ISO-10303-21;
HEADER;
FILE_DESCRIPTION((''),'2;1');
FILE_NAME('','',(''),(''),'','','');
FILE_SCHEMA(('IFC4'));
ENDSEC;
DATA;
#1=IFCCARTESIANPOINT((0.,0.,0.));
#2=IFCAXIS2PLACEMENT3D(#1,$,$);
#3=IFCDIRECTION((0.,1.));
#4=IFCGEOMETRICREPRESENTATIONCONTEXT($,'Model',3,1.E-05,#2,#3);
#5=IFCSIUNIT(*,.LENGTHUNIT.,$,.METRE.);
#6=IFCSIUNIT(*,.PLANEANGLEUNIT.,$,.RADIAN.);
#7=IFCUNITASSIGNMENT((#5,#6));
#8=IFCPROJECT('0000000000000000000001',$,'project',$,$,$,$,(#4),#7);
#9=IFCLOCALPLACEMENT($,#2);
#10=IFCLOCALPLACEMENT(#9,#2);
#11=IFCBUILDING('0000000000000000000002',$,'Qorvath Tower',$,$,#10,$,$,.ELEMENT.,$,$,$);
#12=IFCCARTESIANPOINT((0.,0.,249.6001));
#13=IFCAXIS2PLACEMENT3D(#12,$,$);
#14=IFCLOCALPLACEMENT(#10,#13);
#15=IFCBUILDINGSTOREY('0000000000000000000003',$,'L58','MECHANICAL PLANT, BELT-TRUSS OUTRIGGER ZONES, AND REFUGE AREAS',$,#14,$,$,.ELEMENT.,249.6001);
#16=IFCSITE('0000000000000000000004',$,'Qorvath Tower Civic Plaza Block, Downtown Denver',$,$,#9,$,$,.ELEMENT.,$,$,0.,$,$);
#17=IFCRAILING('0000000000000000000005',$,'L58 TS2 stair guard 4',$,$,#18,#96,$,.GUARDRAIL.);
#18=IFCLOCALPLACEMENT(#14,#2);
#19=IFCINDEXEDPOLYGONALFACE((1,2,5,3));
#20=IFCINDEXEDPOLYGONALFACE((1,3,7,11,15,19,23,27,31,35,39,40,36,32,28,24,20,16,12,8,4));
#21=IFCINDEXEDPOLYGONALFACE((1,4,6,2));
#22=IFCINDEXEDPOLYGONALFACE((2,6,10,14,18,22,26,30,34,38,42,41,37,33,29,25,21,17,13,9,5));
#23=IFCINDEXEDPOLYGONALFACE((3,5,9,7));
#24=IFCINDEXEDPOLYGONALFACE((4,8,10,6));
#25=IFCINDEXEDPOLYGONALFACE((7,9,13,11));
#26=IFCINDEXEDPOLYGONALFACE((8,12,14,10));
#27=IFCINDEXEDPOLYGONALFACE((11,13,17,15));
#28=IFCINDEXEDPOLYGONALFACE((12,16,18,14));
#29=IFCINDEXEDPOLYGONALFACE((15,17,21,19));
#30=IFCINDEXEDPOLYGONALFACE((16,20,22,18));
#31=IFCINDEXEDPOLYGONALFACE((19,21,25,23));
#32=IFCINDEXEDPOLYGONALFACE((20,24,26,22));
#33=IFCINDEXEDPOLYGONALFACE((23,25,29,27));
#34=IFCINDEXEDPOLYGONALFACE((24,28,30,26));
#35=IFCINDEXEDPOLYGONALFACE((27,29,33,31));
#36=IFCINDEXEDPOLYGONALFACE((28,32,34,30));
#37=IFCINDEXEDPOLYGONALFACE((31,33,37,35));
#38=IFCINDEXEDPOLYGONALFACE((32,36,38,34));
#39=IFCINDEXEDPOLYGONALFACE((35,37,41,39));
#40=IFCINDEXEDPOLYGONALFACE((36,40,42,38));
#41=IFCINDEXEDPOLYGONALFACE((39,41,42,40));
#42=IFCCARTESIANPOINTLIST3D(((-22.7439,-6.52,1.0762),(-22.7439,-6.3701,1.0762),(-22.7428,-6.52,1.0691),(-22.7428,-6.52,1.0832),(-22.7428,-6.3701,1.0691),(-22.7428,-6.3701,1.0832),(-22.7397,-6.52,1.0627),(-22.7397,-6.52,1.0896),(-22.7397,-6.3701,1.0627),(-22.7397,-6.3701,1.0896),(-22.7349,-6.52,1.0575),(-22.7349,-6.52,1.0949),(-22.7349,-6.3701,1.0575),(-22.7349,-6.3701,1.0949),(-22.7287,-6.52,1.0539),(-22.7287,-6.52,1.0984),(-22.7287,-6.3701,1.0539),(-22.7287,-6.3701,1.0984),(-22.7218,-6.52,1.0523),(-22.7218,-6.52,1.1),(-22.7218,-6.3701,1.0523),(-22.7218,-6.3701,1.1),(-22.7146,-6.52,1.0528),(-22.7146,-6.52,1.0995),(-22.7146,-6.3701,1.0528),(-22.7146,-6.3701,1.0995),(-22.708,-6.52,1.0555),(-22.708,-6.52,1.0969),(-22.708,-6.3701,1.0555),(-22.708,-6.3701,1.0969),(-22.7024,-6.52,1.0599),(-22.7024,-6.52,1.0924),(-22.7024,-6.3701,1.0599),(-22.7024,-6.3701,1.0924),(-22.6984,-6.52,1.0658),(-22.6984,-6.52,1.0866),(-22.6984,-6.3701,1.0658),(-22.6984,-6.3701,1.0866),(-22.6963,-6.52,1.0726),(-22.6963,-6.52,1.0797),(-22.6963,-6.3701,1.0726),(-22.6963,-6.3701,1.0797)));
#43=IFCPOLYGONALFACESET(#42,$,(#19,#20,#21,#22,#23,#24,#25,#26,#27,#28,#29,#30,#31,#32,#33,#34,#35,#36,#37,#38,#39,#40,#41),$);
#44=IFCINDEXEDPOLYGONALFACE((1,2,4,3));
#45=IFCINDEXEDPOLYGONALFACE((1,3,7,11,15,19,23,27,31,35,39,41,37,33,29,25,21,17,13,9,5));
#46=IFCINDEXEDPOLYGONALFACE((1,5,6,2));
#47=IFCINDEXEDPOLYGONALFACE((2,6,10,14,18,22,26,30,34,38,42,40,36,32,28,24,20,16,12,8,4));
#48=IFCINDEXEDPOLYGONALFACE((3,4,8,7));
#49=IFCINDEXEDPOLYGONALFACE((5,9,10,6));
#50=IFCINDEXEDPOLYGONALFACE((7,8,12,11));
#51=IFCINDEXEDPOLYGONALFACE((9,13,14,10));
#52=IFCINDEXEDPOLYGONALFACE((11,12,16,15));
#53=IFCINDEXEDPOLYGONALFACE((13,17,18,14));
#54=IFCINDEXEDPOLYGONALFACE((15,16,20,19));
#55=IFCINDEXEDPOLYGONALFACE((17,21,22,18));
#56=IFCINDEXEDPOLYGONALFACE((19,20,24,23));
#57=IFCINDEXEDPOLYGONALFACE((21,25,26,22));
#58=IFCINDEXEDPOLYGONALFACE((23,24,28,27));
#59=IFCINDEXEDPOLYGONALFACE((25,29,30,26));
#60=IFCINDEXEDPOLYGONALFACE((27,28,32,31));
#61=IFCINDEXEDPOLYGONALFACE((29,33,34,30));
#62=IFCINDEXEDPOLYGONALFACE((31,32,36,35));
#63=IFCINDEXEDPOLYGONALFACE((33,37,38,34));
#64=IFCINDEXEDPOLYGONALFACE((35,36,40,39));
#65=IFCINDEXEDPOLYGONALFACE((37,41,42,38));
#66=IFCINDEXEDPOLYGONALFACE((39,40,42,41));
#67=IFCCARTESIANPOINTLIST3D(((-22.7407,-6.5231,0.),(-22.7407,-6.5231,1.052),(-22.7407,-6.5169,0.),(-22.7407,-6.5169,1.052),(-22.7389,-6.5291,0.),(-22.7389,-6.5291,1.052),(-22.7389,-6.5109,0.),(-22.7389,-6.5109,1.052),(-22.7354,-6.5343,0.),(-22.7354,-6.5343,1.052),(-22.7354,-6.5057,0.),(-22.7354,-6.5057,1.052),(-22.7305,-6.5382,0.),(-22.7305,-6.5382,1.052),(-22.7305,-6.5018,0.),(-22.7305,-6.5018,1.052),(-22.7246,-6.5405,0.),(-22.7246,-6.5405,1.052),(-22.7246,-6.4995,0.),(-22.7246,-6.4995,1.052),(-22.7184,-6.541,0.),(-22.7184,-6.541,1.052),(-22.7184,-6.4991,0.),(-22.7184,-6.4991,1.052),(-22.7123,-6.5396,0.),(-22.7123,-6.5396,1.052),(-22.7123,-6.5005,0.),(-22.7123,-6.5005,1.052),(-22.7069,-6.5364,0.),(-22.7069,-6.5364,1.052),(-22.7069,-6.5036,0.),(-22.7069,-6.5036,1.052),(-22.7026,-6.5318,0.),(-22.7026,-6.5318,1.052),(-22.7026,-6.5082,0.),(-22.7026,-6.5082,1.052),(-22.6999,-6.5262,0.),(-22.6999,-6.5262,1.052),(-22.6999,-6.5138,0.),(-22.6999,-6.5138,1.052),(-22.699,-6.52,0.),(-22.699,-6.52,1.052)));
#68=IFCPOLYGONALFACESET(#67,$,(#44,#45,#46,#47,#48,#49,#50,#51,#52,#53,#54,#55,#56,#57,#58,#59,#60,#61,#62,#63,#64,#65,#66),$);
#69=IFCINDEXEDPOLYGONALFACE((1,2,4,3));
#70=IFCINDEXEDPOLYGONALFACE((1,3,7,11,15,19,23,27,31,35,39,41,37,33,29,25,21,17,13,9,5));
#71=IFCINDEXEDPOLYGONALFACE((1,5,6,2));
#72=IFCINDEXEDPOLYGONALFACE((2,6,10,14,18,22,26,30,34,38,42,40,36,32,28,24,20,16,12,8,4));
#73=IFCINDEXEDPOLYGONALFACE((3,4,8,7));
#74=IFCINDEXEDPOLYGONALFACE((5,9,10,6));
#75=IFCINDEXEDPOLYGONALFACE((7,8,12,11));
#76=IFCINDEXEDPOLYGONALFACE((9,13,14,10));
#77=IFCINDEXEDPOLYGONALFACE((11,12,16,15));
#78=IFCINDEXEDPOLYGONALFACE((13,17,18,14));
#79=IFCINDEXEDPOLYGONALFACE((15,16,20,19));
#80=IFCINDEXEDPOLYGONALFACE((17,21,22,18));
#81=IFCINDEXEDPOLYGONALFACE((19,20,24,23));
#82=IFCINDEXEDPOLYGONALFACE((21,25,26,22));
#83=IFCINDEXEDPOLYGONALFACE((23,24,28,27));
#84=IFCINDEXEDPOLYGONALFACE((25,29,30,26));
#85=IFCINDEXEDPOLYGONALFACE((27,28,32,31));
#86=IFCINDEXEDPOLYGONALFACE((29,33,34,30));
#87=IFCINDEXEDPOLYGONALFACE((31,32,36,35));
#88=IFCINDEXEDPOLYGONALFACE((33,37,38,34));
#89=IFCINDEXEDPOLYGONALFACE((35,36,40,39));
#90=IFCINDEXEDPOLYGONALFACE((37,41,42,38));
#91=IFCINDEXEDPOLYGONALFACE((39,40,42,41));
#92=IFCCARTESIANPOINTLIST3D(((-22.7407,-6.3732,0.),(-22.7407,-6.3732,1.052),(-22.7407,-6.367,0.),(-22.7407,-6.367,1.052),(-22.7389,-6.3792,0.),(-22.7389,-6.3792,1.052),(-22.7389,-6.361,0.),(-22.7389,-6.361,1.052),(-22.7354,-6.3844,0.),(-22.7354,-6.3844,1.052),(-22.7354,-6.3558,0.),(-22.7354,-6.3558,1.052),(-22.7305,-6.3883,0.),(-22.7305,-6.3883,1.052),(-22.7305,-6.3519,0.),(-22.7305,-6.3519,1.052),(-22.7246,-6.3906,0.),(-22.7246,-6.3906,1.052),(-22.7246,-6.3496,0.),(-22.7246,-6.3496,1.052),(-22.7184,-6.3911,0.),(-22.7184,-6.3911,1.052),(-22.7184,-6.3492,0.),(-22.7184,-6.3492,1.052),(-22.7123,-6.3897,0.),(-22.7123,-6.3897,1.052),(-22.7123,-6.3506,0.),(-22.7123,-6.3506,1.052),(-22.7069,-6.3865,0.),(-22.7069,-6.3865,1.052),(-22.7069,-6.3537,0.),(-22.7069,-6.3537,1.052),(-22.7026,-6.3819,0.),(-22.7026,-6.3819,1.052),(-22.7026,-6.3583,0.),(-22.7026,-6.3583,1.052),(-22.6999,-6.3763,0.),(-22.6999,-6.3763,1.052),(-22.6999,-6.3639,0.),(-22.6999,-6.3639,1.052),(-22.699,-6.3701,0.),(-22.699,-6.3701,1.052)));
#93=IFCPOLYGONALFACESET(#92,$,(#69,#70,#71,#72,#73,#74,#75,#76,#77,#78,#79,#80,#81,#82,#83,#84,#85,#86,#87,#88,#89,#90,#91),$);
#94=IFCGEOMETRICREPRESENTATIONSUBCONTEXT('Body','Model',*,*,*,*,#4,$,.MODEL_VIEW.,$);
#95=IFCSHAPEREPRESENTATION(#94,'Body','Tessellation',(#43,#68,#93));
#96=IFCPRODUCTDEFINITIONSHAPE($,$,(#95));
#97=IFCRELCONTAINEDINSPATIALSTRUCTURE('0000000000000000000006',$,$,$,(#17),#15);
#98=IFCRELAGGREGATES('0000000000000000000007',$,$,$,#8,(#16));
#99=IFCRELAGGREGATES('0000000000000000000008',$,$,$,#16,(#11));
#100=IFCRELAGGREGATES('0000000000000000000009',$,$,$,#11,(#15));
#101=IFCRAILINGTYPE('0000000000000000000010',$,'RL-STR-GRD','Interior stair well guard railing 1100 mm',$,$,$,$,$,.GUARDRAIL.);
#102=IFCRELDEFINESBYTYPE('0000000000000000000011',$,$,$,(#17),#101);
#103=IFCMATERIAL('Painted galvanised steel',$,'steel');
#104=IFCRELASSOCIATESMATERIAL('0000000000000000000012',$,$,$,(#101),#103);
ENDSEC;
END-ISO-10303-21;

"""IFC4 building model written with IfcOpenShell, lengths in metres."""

from ifc_helpers import new_model, si_unit, direction, frame, origin, origin_2d, place, context, subcontext, project, spatial, circle, extrude, material, type_object, element, save


model = new_model("IFC4")

# Units and contexts
model_context = context("Model", 3, precision=1e-05, world=origin(), true_north=direction((0.0, 1.0)))
body_context = subcontext(model_context, "Body", "Model", "MODEL_VIEW")
ifc_project = project(units=[si_unit("LENGTHUNIT", "METRE"), si_unit("PLANEANGLEUNIT", "RADIAN")], contexts=[model_context])

# Site, building, storey
site_placement = place(None, origin())
site = spatial("IfcSite", under=ifc_project, at=site_placement, Name="Qorvath Tower Civic Plaza Block, Downtown Denver", CompositionType="ELEMENT", RefElevation=0.0)
building_placement = place(site_placement, origin())
building = spatial("IfcBuilding", under=site, at=building_placement, Name="Qorvath Tower", CompositionType="ELEMENT")
storey_placement = place(building_placement, frame((0.0, 0.0, 249.6001)))
storey = spatial("IfcBuildingStorey", under=building, at=storey_placement, Name="L58", Description="MECHANICAL PLANT, BELT-TRUSS OUTRIGGER ZONES, AND REFUGE AREAS", CompositionType="ELEMENT", Elevation=249.6001)

# Railing
ifc_material_1 = material(Name="Painted galvanised steel", Category="steel")
railing_type_1 = type_object("IfcRailingType", Name="RL-STR-GRD", Description="Interior stair well guard railing 1100 mm", PredefinedType="GUARDRAIL", material=ifc_material_1)
railing_1_placement = place(storey_placement, frame((-22.72, -6.52, 0.0)))
element("IfcRailing", 1, at=railing_1_placement, inside=storey, type_object=railing_type_1, Name="L58 TS2 stair guard 4", PredefinedType="GUARDRAIL", context=body_context, shape_type="SweptSolid", body=[
    extrude(circle(Radius=0.0239, at=origin_2d()), frame((0.0, 0.0, 1.0762), z_axis=(0.0, 1.0, 0.0), x_axis=(-1.0, 0.0, 0.0)), (0.0, 0.0, 1.0), 0.1499),
    extrude(circle(Radius=0.021, at=origin_2d()), origin(), (0.0, 0.0, 1.0), 1.052),
    extrude(circle(Radius=0.021, at=origin_2d()), frame((0.0, 0.1499, 0.0)), (0.0, 0.0, 1.0), 1.052),
])

save(model, "model.ifc")
